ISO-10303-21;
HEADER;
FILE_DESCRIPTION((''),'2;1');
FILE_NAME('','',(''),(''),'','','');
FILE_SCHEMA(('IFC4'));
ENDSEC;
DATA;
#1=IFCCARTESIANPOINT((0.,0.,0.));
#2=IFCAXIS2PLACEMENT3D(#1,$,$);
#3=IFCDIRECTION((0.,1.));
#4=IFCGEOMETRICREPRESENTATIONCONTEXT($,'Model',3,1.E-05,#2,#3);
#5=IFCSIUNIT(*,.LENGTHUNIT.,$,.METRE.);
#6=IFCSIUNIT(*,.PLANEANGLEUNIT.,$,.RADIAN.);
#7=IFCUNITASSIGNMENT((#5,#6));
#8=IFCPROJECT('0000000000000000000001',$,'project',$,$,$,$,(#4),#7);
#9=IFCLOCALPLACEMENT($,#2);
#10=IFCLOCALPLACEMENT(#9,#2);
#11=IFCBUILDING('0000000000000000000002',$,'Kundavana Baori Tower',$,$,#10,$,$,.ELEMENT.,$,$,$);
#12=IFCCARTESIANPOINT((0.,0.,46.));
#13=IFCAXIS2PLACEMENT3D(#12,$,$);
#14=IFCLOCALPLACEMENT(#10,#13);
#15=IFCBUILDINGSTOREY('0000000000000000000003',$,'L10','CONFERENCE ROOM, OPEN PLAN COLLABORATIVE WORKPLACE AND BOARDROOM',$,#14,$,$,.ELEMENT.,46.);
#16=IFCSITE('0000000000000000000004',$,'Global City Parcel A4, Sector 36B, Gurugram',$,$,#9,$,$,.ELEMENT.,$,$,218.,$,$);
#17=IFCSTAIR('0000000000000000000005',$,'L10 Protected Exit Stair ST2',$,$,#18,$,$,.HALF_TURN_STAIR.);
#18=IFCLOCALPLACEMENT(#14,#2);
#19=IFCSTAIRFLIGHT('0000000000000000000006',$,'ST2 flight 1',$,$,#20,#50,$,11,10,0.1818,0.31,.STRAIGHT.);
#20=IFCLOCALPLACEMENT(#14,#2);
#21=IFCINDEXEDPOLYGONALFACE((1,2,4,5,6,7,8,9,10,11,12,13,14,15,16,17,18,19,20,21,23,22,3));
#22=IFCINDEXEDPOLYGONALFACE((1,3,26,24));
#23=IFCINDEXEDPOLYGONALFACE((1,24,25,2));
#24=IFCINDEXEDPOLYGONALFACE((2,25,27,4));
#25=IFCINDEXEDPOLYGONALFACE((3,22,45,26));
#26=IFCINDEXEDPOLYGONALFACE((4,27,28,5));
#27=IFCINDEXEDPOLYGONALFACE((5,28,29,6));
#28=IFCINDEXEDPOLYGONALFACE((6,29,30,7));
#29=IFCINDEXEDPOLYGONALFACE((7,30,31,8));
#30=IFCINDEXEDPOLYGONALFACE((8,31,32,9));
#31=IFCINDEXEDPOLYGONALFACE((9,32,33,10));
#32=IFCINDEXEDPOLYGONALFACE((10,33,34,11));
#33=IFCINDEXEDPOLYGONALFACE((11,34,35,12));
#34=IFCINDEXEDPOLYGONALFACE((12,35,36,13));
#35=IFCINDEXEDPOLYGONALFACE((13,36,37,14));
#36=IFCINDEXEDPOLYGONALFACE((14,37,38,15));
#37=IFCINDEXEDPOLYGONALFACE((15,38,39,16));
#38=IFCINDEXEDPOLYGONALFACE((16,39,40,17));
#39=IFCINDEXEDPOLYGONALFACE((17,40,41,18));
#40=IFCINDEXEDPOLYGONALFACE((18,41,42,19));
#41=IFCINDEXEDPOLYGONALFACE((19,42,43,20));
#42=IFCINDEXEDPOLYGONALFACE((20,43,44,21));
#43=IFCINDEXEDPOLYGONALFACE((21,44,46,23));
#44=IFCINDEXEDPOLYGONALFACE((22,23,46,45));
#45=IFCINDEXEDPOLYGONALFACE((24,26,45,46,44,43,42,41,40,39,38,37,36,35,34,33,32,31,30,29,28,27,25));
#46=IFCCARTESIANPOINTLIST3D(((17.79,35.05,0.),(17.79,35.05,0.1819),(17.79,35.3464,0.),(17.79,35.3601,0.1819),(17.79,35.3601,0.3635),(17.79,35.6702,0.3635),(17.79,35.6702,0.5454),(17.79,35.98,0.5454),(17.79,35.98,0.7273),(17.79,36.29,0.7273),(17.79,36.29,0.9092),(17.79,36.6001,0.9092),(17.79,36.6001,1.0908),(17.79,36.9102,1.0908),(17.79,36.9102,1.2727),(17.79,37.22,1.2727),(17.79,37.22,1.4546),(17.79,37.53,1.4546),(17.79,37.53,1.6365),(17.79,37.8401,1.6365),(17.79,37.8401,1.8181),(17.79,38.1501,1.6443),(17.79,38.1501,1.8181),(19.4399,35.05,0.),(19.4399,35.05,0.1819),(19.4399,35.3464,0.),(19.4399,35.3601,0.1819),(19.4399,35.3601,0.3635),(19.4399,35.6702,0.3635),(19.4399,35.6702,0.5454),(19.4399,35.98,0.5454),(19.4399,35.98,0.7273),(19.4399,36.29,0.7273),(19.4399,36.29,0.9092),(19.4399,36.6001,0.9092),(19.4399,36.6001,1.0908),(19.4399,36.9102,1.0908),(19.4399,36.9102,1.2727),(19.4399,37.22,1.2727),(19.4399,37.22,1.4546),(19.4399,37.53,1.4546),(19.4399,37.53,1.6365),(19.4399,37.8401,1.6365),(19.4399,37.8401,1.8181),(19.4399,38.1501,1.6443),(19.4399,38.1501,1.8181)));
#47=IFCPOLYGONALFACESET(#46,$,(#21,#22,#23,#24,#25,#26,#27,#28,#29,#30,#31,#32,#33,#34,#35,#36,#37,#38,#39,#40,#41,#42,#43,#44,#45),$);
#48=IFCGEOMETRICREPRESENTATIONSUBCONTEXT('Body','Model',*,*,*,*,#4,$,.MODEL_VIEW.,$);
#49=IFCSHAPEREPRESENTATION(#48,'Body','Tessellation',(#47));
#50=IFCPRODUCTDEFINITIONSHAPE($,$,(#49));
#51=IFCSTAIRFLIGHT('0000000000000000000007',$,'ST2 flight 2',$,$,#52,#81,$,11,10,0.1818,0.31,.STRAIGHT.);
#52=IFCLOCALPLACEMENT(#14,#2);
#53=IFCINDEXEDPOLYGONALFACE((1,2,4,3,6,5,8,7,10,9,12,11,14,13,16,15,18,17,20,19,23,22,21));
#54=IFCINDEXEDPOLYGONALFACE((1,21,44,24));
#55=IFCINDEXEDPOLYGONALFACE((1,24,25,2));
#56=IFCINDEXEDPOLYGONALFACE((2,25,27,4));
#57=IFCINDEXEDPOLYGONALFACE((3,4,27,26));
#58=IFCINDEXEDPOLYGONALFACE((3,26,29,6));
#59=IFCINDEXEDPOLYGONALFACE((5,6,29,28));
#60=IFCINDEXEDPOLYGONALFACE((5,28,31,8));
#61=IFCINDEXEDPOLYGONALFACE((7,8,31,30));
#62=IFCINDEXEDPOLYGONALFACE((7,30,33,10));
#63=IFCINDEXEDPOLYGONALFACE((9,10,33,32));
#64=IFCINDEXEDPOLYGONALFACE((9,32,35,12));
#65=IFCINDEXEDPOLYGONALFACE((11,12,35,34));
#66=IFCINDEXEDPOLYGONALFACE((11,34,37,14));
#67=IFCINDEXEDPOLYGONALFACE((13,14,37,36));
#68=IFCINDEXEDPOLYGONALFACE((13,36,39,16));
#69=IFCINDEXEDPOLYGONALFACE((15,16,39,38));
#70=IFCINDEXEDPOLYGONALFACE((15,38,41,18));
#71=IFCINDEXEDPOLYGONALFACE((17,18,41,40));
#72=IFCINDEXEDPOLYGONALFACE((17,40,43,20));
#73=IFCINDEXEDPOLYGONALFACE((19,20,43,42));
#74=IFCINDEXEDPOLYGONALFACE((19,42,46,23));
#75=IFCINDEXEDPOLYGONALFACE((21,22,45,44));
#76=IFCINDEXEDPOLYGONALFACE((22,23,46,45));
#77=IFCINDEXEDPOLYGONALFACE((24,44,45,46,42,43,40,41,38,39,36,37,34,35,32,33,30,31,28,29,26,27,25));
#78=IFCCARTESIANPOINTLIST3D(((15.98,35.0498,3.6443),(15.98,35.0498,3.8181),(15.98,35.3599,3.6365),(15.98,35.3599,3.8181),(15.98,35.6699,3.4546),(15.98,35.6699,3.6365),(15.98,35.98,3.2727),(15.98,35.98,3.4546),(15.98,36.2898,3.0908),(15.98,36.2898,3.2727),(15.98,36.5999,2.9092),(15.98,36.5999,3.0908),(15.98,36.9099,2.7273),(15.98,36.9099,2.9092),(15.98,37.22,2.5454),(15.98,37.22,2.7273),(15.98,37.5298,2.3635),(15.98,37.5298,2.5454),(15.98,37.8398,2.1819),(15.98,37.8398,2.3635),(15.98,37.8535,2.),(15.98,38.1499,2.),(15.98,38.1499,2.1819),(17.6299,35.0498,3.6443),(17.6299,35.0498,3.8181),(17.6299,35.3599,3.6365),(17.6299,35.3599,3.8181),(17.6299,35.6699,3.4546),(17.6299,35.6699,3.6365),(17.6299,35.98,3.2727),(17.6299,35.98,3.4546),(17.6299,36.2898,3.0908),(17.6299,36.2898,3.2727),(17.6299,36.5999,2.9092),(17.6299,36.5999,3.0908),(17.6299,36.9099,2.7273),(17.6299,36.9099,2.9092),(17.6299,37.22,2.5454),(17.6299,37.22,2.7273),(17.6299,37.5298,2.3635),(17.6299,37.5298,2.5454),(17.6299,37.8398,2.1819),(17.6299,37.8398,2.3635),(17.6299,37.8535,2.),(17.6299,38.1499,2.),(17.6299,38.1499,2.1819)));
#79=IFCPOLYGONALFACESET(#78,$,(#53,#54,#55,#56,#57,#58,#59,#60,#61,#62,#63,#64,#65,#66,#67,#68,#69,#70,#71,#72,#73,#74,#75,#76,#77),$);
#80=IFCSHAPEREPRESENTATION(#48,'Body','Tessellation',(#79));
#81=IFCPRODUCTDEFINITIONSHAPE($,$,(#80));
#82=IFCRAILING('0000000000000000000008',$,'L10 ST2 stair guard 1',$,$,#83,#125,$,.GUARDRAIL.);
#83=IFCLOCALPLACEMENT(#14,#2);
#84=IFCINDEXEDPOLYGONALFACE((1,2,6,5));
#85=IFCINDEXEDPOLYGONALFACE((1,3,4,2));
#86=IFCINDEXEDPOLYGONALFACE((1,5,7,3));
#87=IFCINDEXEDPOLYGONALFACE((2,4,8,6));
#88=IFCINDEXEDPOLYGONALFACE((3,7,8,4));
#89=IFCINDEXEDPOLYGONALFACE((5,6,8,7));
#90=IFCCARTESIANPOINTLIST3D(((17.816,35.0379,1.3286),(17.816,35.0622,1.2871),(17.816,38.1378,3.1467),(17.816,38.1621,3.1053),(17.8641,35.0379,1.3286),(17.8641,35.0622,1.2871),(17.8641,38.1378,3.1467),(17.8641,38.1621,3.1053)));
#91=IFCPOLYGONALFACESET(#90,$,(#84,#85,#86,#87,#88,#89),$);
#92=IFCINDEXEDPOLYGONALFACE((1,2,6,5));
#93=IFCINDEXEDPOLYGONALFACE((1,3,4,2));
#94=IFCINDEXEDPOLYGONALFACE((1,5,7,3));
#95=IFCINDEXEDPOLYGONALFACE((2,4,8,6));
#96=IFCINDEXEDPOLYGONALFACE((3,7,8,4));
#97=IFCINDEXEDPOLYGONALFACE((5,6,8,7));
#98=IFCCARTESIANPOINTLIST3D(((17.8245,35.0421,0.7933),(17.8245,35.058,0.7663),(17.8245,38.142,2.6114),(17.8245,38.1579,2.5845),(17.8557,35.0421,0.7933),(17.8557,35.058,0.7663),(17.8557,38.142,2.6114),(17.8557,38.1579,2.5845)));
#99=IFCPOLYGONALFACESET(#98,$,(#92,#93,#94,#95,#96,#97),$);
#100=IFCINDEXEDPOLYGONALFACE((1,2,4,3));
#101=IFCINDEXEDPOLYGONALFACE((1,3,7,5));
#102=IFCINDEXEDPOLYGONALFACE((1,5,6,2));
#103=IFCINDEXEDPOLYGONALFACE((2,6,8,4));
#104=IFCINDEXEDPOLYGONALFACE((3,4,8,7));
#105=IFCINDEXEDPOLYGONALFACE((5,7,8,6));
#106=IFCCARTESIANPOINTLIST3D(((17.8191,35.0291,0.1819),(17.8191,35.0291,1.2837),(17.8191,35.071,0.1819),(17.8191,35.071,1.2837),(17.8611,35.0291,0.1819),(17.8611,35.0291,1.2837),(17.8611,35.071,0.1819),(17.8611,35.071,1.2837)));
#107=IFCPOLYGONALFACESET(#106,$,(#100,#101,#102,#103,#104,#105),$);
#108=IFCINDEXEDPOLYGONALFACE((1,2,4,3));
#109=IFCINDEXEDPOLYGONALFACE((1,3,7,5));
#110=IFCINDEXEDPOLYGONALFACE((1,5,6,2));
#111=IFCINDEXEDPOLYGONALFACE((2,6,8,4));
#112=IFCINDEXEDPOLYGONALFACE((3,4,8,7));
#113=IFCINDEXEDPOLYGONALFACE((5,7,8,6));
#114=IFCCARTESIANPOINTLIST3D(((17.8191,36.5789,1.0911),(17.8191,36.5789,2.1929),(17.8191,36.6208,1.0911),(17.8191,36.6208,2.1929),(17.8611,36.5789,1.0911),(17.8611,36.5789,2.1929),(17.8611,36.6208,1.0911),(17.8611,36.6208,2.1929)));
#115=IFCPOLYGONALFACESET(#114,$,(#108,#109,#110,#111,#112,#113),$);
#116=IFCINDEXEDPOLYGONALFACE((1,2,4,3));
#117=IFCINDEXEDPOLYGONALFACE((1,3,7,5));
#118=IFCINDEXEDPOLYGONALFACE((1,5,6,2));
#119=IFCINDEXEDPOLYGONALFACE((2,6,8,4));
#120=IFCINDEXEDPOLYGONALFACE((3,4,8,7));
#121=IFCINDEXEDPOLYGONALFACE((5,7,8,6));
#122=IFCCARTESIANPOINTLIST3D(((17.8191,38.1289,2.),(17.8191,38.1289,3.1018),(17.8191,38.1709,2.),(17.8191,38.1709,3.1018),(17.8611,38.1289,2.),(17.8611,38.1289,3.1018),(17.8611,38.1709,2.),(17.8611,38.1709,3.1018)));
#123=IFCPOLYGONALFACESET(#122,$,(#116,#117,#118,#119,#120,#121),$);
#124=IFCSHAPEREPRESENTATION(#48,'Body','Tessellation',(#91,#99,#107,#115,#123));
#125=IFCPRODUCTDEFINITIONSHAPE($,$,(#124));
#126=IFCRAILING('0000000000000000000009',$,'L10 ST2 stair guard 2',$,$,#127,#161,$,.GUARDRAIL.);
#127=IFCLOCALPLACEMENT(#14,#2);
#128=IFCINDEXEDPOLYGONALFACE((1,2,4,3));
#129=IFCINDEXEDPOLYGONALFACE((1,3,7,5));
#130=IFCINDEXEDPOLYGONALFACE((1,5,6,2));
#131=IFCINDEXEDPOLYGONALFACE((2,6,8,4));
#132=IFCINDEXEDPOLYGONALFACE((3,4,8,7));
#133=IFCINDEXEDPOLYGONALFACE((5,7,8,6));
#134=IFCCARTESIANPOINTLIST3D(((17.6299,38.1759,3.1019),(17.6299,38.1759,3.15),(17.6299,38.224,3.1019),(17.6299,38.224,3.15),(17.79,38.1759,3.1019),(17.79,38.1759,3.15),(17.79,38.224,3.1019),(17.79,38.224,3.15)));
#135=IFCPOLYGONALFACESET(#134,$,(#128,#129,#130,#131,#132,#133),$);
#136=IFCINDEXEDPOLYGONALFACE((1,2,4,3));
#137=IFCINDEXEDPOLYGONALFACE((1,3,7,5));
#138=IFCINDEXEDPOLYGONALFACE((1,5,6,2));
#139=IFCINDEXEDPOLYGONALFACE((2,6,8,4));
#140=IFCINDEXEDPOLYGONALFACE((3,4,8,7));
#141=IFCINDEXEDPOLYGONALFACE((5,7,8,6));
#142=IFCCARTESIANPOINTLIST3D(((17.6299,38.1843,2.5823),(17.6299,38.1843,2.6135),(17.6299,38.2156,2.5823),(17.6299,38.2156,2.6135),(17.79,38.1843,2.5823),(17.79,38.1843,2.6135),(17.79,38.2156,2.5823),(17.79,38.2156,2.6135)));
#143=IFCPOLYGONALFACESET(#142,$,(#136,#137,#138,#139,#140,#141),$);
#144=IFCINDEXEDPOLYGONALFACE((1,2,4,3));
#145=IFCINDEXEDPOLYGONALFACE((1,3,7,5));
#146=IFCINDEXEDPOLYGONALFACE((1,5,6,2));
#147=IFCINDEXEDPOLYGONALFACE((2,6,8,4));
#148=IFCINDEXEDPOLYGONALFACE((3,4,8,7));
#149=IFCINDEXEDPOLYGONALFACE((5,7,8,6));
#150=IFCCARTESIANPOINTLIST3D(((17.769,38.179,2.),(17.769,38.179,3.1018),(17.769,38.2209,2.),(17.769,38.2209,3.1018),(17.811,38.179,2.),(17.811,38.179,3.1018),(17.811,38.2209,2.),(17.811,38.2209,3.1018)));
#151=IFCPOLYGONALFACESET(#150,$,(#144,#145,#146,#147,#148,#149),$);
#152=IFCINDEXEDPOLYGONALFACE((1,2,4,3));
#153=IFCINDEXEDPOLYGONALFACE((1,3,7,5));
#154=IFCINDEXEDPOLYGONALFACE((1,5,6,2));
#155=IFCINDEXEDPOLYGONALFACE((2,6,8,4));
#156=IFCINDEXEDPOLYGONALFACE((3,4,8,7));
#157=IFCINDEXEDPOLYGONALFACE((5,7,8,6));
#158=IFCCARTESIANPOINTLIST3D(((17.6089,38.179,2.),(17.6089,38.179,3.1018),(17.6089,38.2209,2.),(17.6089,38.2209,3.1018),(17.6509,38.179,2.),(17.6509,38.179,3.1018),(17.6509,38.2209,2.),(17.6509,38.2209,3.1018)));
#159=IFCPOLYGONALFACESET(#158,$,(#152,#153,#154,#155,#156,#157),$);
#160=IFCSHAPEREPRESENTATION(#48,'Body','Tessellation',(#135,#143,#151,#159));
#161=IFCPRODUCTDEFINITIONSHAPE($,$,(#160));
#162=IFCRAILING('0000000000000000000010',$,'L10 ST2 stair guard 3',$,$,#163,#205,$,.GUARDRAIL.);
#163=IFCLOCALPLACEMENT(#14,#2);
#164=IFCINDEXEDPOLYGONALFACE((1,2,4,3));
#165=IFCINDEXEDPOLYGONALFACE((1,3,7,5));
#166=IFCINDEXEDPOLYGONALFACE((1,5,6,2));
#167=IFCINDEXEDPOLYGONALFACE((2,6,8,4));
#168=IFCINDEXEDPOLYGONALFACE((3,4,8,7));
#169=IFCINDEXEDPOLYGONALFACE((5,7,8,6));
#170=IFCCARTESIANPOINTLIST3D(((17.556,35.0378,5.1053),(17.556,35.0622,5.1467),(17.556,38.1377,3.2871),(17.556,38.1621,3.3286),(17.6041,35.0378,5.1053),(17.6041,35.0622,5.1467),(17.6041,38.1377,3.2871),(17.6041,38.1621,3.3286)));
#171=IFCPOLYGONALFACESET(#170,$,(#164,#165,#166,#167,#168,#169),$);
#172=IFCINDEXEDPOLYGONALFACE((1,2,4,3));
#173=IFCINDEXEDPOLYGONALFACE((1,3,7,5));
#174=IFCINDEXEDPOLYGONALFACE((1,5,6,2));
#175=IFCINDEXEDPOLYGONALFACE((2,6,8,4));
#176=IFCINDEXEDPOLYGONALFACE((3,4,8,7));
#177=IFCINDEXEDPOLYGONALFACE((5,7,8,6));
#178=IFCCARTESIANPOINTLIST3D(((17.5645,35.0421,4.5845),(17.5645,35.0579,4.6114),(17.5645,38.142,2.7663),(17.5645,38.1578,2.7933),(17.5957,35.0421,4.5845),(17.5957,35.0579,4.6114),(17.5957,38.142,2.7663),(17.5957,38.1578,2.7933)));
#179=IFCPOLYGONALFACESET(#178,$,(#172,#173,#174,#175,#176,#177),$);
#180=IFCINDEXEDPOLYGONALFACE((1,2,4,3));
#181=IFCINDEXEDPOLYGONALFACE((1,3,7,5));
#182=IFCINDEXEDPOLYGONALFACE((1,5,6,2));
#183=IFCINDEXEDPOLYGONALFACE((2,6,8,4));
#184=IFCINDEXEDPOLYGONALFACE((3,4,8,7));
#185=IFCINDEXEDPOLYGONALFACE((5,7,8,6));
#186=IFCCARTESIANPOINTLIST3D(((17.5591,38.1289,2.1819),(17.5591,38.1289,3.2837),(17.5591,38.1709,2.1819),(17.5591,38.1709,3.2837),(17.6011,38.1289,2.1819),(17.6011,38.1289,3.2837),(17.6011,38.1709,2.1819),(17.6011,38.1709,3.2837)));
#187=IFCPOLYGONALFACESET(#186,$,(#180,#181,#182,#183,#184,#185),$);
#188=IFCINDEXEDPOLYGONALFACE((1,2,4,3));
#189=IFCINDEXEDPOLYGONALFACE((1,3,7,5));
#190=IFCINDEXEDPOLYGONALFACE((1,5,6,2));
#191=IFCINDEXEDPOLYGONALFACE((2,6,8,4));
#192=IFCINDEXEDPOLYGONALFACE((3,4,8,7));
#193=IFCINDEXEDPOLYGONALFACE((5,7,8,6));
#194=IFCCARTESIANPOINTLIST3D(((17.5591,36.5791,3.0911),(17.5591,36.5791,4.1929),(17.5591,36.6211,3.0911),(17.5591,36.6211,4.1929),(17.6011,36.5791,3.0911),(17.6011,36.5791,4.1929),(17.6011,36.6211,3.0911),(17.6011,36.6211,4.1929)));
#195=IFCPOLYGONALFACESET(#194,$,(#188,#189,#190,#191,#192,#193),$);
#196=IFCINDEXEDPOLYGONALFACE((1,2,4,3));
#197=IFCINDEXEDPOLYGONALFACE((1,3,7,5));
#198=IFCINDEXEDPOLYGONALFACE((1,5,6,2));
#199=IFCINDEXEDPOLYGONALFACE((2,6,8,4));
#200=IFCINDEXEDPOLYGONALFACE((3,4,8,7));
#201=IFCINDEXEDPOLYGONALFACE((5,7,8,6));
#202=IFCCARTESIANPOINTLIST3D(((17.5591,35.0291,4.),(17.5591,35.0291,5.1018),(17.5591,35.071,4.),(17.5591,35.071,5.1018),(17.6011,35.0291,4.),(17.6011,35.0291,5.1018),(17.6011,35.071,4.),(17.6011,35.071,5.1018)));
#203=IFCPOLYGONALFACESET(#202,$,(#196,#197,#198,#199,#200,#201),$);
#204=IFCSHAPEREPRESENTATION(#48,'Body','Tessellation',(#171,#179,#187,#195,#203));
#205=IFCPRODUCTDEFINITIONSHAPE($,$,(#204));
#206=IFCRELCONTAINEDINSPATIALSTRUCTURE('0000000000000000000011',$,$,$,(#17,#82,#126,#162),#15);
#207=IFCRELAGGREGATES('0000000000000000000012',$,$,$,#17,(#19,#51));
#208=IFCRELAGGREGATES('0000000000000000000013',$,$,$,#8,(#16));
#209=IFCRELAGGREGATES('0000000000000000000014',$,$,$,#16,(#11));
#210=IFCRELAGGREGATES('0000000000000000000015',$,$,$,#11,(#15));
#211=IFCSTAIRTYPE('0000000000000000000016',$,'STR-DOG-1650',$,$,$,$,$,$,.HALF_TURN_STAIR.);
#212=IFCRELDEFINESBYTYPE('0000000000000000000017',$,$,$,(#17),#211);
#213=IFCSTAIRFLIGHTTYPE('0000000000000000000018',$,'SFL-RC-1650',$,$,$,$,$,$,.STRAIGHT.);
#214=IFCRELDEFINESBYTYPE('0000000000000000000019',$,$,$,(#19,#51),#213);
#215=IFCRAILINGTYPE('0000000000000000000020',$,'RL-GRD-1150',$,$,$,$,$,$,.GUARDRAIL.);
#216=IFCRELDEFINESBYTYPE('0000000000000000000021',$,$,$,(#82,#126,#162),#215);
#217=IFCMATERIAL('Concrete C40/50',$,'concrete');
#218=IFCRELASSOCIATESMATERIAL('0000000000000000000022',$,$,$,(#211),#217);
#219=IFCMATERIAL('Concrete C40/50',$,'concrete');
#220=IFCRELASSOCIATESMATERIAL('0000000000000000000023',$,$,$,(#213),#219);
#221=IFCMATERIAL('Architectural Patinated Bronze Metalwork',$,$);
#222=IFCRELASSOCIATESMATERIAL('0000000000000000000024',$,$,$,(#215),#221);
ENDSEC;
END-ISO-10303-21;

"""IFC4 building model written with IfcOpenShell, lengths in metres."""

from ifc_helpers import new_model, si_unit, direction, frame, origin, origin_2d, place, context, subcontext, project, spatial, polyline, rectangle, outline, extrude, material, type_object, element, aggregate, save


model = new_model("IFC4")

# Units and contexts
model_context = context("Model", 3, precision=1e-05, world=origin(), true_north=direction((0.0, 1.0)))
body_context = subcontext(model_context, "Body", "Model", "MODEL_VIEW")
ifc_project = project(units=[si_unit("LENGTHUNIT", "METRE"), si_unit("PLANEANGLEUNIT", "RADIAN")], contexts=[model_context])

# Site, building, storey
site_placement = place(None, origin())
site = spatial("IfcSite", under=ifc_project, at=site_placement, Name="Global City Parcel A4, Sector 36B, Gurugram", CompositionType="ELEMENT", RefElevation=218.0)
building_placement = place(site_placement, origin())
building = spatial("IfcBuilding", under=site, at=building_placement, Name="Kundavana Baori Tower", CompositionType="ELEMENT")
storey_placement = place(building_placement, frame((0.0, 0.0, 46.0)))
storey = spatial("IfcBuildingStorey", under=building, at=storey_placement, Name="L10", Description="CONFERENCE ROOM, OPEN PLAN COLLABORATIVE WORKPLACE AND BOARDROOM", CompositionType="ELEMENT", Elevation=46.0)

# Stair, stair flights
ifc_material_1 = material(Name="Concrete C40/50", Category="concrete")
stair_type = type_object("IfcStairType", Name="STR-DOG-1650", PredefinedType="HALF_TURN_STAIR", material=ifc_material_1)
stair_placement = place(storey_placement, origin())
stair = element("IfcStair", 1, at=stair_placement, inside=storey, type_object=stair_type, Name="L10 Protected Exit Stair ST2", PredefinedType="HALF_TURN_STAIR")
ifc_material_2 = material(Name="Concrete C40/50", Category="concrete")
stair_flight_type = type_object("IfcStairFlightType", Name="SFL-RC-1650", PredefinedType="STRAIGHT", material=ifc_material_2)
stair_flight_1_placement = place(storey_placement, frame((18.615, 35.05, 0.0), z_axis=(0.0, 0.0, 1.0), x_axis=(0.0, 1.0, 0.0)))
stair_flight_1 = element("IfcStairFlight", 2, at=stair_flight_1_placement, type_object=stair_flight_type, Name="ST2 flight 1", NumberOfRisers=11, NumberOfTreads=10, PredefinedType="STRAIGHT", RiserHeight=0.1818, TreadLength=0.31, context=body_context, shape_type="SweptSolid", body=[
    extrude(outline(polyline([(0.0, 0.0), (0.0, 0.1819), (0.3101, 0.1819), (0.3101, 0.3635), (0.6201, 0.3635), (0.6201, 0.5454), (0.9299, 0.5454), (0.9299, 0.7273), (1.24, 0.7273), (1.24, 0.9092), (1.55, 0.9092), (1.55, 1.0908), (1.8601, 1.0908), (1.8601, 1.2727), (2.1699, 1.2727), (2.1699, 1.4546), (2.48, 1.4546), (2.48, 1.6365), (2.79, 1.6365), (2.79, 1.8181), (3.1001, 1.8181), (3.1001, 2.0), (3.1001, 1.6443), (0.2964, 0.0), (0.0, 0.0)])), frame((0.0, 0.825, 0.0), z_axis=(0.0, -1.0, 0.0), x_axis=(1.0, 0.0, 0.0)), (0.0, 0.0, 1.0), 1.6499),
])
stair_flight_2_placement = place(storey_placement, frame((16.8049, 38.1499, 2.0), z_axis=(0.0, 0.0, 1.0), x_axis=(0.0, -1.0, 0.0)))
stair_flight_2 = element("IfcStairFlight", 3, at=stair_flight_2_placement, type_object=stair_flight_type, Name="ST2 flight 2", NumberOfRisers=11, NumberOfTreads=10, PredefinedType="STRAIGHT", RiserHeight=0.1818, TreadLength=0.31, context=body_context, shape_type="SweptSolid", body=[
    extrude(outline(polyline([(0.0, 0.0), (0.0, 0.1819), (0.3101, 0.1819), (0.3101, 0.3635), (0.6201, 0.3635), (0.6201, 0.5454), (0.9299, 0.5454), (0.9299, 0.7273), (1.24, 0.7273), (1.24, 0.9092), (1.55, 0.9092), (1.55, 1.0908), (1.8601, 1.0908), (1.8601, 1.2727), (2.1699, 1.2727), (2.1699, 1.4546), (2.48, 1.4546), (2.48, 1.6365), (2.79, 1.6365), (2.79, 1.8181), (3.1001, 1.8181), (3.1001, 2.0), (3.1001, 1.6443), (0.2964, 0.0), (0.0, 0.0)])), frame((0.0, 0.825, 0.0), z_axis=(0.0, -1.0, 0.0), x_axis=(1.0, 0.0, 0.0)), (0.0, 0.0, 1.0), 1.6499),
])
aggregate(stair, [stair_flight_1, stair_flight_2])

# Railings
ifc_material_3 = material(Name="Architectural Patinated Bronze Metalwork")
railing_type_1 = type_object("IfcRailingType", Name="RL-GRD-1150", PredefinedType="GUARDRAIL", material=ifc_material_3)
railing_1_placement = place(storey_placement, frame((17.8401, 35.05, 0.1819)))
element("IfcRailing", 4, at=railing_1_placement, inside=storey, type_object=railing_type_1, Name="L10 ST2 stair guard 1", PredefinedType="GUARDRAIL", context=body_context, shape_type="SweptSolid", body=[
    extrude(rectangle(XDim=0.0481, YDim=0.0481, at=origin_2d()), frame((0.0, 0.0, 1.126), z_axis=(0.0, 0.862581, 0.505918), x_axis=(-1.0, 0.0, 0.0)), (0.0, 0.0, 1.0), 3.5938),
    extrude(rectangle(XDim=0.0312, YDim=0.0312, at=origin_2d()), frame((0.0, 0.0, 0.5979), z_axis=(0.0, 0.862581, 0.505918), x_axis=(-1.0, 0.0, 0.0)), (0.0, 0.0, 1.0), 3.5938),
    extrude(rectangle(XDim=0.042, YDim=0.042, at=origin_2d()), origin(), (0.0, 0.0, 1.0), 1.1018),
    extrude(rectangle(XDim=0.042, YDim=0.042, at=origin_2d()), frame((0.0, 1.5498, 0.9092)), (0.0, 0.0, 1.0), 1.1018),
    extrude(rectangle(XDim=0.042, YDim=0.042, at=origin_2d()), frame((0.0, 3.0999, 1.8181)), (0.0, 0.0, 1.0), 1.1018),
])
railing_2_placement = place(storey_placement, frame((17.79, 38.2, 2.0)))
element("IfcRailing", 5, at=railing_2_placement, inside=storey, type_object=railing_type_1, Name="L10 ST2 stair guard 2", PredefinedType="GUARDRAIL", context=body_context, shape_type="SweptSolid", body=[
    extrude(rectangle(XDim=0.0481, YDim=0.0481, at=origin_2d()), frame((0.0, 0.0, 1.126), z_axis=(-1.0, 0.0, 0.0), x_axis=(0.0, -1.0, 0.0)), (0.0, 0.0, 1.0), 0.1602),
    extrude(rectangle(XDim=0.0312, YDim=0.0312, at=origin_2d()), frame((0.0, 0.0, 0.5979), z_axis=(-1.0, 0.0, 0.0), x_axis=(0.0, -1.0, 0.0)), (0.0, 0.0, 1.0), 0.1602),
    extrude(rectangle(XDim=0.042, YDim=0.042, at=origin_2d()), origin(), (0.0, 0.0, 1.0), 1.1018),
    extrude(rectangle(XDim=0.042, YDim=0.042, at=origin_2d()), frame((-0.1602, 0.0, 0.0)), (0.0, 0.0, 1.0), 1.1018),
])
railing_3_placement = place(storey_placement, frame((17.5801, 38.1499, 2.1819)))
element("IfcRailing", 6, at=railing_3_placement, inside=storey, type_object=railing_type_1, Name="L10 ST2 stair guard 3", PredefinedType="GUARDRAIL", context=body_context, shape_type="SweptSolid", body=[
    extrude(rectangle(XDim=0.0481, YDim=0.0481, at=origin_2d()), frame((0.0, 0.0, 1.126), z_axis=(0.0, -0.862581, 0.505918), x_axis=(1.0, 0.0, 0.0)), (0.0, 0.0, 1.0), 3.5938),
    extrude(rectangle(XDim=0.0312, YDim=0.0312, at=origin_2d()), frame((0.0, 0.0, 0.5979), z_axis=(0.0, -0.862581, 0.505918), x_axis=(1.0, 0.0, 0.0)), (0.0, 0.0, 1.0), 3.5938),
    extrude(rectangle(XDim=0.042, YDim=0.042, at=origin_2d()), origin(), (0.0, 0.0, 1.0), 1.1018),
    extrude(rectangle(XDim=0.042, YDim=0.042, at=origin_2d()), frame((0.0, -1.5498, 0.9092)), (0.0, 0.0, 1.0), 1.1018),
    extrude(rectangle(XDim=0.042, YDim=0.042, at=origin_2d()), frame((0.0, -3.0999, 1.8181)), (0.0, 0.0, 1.0), 1.1018),
])

save(model, "model.ifc")
